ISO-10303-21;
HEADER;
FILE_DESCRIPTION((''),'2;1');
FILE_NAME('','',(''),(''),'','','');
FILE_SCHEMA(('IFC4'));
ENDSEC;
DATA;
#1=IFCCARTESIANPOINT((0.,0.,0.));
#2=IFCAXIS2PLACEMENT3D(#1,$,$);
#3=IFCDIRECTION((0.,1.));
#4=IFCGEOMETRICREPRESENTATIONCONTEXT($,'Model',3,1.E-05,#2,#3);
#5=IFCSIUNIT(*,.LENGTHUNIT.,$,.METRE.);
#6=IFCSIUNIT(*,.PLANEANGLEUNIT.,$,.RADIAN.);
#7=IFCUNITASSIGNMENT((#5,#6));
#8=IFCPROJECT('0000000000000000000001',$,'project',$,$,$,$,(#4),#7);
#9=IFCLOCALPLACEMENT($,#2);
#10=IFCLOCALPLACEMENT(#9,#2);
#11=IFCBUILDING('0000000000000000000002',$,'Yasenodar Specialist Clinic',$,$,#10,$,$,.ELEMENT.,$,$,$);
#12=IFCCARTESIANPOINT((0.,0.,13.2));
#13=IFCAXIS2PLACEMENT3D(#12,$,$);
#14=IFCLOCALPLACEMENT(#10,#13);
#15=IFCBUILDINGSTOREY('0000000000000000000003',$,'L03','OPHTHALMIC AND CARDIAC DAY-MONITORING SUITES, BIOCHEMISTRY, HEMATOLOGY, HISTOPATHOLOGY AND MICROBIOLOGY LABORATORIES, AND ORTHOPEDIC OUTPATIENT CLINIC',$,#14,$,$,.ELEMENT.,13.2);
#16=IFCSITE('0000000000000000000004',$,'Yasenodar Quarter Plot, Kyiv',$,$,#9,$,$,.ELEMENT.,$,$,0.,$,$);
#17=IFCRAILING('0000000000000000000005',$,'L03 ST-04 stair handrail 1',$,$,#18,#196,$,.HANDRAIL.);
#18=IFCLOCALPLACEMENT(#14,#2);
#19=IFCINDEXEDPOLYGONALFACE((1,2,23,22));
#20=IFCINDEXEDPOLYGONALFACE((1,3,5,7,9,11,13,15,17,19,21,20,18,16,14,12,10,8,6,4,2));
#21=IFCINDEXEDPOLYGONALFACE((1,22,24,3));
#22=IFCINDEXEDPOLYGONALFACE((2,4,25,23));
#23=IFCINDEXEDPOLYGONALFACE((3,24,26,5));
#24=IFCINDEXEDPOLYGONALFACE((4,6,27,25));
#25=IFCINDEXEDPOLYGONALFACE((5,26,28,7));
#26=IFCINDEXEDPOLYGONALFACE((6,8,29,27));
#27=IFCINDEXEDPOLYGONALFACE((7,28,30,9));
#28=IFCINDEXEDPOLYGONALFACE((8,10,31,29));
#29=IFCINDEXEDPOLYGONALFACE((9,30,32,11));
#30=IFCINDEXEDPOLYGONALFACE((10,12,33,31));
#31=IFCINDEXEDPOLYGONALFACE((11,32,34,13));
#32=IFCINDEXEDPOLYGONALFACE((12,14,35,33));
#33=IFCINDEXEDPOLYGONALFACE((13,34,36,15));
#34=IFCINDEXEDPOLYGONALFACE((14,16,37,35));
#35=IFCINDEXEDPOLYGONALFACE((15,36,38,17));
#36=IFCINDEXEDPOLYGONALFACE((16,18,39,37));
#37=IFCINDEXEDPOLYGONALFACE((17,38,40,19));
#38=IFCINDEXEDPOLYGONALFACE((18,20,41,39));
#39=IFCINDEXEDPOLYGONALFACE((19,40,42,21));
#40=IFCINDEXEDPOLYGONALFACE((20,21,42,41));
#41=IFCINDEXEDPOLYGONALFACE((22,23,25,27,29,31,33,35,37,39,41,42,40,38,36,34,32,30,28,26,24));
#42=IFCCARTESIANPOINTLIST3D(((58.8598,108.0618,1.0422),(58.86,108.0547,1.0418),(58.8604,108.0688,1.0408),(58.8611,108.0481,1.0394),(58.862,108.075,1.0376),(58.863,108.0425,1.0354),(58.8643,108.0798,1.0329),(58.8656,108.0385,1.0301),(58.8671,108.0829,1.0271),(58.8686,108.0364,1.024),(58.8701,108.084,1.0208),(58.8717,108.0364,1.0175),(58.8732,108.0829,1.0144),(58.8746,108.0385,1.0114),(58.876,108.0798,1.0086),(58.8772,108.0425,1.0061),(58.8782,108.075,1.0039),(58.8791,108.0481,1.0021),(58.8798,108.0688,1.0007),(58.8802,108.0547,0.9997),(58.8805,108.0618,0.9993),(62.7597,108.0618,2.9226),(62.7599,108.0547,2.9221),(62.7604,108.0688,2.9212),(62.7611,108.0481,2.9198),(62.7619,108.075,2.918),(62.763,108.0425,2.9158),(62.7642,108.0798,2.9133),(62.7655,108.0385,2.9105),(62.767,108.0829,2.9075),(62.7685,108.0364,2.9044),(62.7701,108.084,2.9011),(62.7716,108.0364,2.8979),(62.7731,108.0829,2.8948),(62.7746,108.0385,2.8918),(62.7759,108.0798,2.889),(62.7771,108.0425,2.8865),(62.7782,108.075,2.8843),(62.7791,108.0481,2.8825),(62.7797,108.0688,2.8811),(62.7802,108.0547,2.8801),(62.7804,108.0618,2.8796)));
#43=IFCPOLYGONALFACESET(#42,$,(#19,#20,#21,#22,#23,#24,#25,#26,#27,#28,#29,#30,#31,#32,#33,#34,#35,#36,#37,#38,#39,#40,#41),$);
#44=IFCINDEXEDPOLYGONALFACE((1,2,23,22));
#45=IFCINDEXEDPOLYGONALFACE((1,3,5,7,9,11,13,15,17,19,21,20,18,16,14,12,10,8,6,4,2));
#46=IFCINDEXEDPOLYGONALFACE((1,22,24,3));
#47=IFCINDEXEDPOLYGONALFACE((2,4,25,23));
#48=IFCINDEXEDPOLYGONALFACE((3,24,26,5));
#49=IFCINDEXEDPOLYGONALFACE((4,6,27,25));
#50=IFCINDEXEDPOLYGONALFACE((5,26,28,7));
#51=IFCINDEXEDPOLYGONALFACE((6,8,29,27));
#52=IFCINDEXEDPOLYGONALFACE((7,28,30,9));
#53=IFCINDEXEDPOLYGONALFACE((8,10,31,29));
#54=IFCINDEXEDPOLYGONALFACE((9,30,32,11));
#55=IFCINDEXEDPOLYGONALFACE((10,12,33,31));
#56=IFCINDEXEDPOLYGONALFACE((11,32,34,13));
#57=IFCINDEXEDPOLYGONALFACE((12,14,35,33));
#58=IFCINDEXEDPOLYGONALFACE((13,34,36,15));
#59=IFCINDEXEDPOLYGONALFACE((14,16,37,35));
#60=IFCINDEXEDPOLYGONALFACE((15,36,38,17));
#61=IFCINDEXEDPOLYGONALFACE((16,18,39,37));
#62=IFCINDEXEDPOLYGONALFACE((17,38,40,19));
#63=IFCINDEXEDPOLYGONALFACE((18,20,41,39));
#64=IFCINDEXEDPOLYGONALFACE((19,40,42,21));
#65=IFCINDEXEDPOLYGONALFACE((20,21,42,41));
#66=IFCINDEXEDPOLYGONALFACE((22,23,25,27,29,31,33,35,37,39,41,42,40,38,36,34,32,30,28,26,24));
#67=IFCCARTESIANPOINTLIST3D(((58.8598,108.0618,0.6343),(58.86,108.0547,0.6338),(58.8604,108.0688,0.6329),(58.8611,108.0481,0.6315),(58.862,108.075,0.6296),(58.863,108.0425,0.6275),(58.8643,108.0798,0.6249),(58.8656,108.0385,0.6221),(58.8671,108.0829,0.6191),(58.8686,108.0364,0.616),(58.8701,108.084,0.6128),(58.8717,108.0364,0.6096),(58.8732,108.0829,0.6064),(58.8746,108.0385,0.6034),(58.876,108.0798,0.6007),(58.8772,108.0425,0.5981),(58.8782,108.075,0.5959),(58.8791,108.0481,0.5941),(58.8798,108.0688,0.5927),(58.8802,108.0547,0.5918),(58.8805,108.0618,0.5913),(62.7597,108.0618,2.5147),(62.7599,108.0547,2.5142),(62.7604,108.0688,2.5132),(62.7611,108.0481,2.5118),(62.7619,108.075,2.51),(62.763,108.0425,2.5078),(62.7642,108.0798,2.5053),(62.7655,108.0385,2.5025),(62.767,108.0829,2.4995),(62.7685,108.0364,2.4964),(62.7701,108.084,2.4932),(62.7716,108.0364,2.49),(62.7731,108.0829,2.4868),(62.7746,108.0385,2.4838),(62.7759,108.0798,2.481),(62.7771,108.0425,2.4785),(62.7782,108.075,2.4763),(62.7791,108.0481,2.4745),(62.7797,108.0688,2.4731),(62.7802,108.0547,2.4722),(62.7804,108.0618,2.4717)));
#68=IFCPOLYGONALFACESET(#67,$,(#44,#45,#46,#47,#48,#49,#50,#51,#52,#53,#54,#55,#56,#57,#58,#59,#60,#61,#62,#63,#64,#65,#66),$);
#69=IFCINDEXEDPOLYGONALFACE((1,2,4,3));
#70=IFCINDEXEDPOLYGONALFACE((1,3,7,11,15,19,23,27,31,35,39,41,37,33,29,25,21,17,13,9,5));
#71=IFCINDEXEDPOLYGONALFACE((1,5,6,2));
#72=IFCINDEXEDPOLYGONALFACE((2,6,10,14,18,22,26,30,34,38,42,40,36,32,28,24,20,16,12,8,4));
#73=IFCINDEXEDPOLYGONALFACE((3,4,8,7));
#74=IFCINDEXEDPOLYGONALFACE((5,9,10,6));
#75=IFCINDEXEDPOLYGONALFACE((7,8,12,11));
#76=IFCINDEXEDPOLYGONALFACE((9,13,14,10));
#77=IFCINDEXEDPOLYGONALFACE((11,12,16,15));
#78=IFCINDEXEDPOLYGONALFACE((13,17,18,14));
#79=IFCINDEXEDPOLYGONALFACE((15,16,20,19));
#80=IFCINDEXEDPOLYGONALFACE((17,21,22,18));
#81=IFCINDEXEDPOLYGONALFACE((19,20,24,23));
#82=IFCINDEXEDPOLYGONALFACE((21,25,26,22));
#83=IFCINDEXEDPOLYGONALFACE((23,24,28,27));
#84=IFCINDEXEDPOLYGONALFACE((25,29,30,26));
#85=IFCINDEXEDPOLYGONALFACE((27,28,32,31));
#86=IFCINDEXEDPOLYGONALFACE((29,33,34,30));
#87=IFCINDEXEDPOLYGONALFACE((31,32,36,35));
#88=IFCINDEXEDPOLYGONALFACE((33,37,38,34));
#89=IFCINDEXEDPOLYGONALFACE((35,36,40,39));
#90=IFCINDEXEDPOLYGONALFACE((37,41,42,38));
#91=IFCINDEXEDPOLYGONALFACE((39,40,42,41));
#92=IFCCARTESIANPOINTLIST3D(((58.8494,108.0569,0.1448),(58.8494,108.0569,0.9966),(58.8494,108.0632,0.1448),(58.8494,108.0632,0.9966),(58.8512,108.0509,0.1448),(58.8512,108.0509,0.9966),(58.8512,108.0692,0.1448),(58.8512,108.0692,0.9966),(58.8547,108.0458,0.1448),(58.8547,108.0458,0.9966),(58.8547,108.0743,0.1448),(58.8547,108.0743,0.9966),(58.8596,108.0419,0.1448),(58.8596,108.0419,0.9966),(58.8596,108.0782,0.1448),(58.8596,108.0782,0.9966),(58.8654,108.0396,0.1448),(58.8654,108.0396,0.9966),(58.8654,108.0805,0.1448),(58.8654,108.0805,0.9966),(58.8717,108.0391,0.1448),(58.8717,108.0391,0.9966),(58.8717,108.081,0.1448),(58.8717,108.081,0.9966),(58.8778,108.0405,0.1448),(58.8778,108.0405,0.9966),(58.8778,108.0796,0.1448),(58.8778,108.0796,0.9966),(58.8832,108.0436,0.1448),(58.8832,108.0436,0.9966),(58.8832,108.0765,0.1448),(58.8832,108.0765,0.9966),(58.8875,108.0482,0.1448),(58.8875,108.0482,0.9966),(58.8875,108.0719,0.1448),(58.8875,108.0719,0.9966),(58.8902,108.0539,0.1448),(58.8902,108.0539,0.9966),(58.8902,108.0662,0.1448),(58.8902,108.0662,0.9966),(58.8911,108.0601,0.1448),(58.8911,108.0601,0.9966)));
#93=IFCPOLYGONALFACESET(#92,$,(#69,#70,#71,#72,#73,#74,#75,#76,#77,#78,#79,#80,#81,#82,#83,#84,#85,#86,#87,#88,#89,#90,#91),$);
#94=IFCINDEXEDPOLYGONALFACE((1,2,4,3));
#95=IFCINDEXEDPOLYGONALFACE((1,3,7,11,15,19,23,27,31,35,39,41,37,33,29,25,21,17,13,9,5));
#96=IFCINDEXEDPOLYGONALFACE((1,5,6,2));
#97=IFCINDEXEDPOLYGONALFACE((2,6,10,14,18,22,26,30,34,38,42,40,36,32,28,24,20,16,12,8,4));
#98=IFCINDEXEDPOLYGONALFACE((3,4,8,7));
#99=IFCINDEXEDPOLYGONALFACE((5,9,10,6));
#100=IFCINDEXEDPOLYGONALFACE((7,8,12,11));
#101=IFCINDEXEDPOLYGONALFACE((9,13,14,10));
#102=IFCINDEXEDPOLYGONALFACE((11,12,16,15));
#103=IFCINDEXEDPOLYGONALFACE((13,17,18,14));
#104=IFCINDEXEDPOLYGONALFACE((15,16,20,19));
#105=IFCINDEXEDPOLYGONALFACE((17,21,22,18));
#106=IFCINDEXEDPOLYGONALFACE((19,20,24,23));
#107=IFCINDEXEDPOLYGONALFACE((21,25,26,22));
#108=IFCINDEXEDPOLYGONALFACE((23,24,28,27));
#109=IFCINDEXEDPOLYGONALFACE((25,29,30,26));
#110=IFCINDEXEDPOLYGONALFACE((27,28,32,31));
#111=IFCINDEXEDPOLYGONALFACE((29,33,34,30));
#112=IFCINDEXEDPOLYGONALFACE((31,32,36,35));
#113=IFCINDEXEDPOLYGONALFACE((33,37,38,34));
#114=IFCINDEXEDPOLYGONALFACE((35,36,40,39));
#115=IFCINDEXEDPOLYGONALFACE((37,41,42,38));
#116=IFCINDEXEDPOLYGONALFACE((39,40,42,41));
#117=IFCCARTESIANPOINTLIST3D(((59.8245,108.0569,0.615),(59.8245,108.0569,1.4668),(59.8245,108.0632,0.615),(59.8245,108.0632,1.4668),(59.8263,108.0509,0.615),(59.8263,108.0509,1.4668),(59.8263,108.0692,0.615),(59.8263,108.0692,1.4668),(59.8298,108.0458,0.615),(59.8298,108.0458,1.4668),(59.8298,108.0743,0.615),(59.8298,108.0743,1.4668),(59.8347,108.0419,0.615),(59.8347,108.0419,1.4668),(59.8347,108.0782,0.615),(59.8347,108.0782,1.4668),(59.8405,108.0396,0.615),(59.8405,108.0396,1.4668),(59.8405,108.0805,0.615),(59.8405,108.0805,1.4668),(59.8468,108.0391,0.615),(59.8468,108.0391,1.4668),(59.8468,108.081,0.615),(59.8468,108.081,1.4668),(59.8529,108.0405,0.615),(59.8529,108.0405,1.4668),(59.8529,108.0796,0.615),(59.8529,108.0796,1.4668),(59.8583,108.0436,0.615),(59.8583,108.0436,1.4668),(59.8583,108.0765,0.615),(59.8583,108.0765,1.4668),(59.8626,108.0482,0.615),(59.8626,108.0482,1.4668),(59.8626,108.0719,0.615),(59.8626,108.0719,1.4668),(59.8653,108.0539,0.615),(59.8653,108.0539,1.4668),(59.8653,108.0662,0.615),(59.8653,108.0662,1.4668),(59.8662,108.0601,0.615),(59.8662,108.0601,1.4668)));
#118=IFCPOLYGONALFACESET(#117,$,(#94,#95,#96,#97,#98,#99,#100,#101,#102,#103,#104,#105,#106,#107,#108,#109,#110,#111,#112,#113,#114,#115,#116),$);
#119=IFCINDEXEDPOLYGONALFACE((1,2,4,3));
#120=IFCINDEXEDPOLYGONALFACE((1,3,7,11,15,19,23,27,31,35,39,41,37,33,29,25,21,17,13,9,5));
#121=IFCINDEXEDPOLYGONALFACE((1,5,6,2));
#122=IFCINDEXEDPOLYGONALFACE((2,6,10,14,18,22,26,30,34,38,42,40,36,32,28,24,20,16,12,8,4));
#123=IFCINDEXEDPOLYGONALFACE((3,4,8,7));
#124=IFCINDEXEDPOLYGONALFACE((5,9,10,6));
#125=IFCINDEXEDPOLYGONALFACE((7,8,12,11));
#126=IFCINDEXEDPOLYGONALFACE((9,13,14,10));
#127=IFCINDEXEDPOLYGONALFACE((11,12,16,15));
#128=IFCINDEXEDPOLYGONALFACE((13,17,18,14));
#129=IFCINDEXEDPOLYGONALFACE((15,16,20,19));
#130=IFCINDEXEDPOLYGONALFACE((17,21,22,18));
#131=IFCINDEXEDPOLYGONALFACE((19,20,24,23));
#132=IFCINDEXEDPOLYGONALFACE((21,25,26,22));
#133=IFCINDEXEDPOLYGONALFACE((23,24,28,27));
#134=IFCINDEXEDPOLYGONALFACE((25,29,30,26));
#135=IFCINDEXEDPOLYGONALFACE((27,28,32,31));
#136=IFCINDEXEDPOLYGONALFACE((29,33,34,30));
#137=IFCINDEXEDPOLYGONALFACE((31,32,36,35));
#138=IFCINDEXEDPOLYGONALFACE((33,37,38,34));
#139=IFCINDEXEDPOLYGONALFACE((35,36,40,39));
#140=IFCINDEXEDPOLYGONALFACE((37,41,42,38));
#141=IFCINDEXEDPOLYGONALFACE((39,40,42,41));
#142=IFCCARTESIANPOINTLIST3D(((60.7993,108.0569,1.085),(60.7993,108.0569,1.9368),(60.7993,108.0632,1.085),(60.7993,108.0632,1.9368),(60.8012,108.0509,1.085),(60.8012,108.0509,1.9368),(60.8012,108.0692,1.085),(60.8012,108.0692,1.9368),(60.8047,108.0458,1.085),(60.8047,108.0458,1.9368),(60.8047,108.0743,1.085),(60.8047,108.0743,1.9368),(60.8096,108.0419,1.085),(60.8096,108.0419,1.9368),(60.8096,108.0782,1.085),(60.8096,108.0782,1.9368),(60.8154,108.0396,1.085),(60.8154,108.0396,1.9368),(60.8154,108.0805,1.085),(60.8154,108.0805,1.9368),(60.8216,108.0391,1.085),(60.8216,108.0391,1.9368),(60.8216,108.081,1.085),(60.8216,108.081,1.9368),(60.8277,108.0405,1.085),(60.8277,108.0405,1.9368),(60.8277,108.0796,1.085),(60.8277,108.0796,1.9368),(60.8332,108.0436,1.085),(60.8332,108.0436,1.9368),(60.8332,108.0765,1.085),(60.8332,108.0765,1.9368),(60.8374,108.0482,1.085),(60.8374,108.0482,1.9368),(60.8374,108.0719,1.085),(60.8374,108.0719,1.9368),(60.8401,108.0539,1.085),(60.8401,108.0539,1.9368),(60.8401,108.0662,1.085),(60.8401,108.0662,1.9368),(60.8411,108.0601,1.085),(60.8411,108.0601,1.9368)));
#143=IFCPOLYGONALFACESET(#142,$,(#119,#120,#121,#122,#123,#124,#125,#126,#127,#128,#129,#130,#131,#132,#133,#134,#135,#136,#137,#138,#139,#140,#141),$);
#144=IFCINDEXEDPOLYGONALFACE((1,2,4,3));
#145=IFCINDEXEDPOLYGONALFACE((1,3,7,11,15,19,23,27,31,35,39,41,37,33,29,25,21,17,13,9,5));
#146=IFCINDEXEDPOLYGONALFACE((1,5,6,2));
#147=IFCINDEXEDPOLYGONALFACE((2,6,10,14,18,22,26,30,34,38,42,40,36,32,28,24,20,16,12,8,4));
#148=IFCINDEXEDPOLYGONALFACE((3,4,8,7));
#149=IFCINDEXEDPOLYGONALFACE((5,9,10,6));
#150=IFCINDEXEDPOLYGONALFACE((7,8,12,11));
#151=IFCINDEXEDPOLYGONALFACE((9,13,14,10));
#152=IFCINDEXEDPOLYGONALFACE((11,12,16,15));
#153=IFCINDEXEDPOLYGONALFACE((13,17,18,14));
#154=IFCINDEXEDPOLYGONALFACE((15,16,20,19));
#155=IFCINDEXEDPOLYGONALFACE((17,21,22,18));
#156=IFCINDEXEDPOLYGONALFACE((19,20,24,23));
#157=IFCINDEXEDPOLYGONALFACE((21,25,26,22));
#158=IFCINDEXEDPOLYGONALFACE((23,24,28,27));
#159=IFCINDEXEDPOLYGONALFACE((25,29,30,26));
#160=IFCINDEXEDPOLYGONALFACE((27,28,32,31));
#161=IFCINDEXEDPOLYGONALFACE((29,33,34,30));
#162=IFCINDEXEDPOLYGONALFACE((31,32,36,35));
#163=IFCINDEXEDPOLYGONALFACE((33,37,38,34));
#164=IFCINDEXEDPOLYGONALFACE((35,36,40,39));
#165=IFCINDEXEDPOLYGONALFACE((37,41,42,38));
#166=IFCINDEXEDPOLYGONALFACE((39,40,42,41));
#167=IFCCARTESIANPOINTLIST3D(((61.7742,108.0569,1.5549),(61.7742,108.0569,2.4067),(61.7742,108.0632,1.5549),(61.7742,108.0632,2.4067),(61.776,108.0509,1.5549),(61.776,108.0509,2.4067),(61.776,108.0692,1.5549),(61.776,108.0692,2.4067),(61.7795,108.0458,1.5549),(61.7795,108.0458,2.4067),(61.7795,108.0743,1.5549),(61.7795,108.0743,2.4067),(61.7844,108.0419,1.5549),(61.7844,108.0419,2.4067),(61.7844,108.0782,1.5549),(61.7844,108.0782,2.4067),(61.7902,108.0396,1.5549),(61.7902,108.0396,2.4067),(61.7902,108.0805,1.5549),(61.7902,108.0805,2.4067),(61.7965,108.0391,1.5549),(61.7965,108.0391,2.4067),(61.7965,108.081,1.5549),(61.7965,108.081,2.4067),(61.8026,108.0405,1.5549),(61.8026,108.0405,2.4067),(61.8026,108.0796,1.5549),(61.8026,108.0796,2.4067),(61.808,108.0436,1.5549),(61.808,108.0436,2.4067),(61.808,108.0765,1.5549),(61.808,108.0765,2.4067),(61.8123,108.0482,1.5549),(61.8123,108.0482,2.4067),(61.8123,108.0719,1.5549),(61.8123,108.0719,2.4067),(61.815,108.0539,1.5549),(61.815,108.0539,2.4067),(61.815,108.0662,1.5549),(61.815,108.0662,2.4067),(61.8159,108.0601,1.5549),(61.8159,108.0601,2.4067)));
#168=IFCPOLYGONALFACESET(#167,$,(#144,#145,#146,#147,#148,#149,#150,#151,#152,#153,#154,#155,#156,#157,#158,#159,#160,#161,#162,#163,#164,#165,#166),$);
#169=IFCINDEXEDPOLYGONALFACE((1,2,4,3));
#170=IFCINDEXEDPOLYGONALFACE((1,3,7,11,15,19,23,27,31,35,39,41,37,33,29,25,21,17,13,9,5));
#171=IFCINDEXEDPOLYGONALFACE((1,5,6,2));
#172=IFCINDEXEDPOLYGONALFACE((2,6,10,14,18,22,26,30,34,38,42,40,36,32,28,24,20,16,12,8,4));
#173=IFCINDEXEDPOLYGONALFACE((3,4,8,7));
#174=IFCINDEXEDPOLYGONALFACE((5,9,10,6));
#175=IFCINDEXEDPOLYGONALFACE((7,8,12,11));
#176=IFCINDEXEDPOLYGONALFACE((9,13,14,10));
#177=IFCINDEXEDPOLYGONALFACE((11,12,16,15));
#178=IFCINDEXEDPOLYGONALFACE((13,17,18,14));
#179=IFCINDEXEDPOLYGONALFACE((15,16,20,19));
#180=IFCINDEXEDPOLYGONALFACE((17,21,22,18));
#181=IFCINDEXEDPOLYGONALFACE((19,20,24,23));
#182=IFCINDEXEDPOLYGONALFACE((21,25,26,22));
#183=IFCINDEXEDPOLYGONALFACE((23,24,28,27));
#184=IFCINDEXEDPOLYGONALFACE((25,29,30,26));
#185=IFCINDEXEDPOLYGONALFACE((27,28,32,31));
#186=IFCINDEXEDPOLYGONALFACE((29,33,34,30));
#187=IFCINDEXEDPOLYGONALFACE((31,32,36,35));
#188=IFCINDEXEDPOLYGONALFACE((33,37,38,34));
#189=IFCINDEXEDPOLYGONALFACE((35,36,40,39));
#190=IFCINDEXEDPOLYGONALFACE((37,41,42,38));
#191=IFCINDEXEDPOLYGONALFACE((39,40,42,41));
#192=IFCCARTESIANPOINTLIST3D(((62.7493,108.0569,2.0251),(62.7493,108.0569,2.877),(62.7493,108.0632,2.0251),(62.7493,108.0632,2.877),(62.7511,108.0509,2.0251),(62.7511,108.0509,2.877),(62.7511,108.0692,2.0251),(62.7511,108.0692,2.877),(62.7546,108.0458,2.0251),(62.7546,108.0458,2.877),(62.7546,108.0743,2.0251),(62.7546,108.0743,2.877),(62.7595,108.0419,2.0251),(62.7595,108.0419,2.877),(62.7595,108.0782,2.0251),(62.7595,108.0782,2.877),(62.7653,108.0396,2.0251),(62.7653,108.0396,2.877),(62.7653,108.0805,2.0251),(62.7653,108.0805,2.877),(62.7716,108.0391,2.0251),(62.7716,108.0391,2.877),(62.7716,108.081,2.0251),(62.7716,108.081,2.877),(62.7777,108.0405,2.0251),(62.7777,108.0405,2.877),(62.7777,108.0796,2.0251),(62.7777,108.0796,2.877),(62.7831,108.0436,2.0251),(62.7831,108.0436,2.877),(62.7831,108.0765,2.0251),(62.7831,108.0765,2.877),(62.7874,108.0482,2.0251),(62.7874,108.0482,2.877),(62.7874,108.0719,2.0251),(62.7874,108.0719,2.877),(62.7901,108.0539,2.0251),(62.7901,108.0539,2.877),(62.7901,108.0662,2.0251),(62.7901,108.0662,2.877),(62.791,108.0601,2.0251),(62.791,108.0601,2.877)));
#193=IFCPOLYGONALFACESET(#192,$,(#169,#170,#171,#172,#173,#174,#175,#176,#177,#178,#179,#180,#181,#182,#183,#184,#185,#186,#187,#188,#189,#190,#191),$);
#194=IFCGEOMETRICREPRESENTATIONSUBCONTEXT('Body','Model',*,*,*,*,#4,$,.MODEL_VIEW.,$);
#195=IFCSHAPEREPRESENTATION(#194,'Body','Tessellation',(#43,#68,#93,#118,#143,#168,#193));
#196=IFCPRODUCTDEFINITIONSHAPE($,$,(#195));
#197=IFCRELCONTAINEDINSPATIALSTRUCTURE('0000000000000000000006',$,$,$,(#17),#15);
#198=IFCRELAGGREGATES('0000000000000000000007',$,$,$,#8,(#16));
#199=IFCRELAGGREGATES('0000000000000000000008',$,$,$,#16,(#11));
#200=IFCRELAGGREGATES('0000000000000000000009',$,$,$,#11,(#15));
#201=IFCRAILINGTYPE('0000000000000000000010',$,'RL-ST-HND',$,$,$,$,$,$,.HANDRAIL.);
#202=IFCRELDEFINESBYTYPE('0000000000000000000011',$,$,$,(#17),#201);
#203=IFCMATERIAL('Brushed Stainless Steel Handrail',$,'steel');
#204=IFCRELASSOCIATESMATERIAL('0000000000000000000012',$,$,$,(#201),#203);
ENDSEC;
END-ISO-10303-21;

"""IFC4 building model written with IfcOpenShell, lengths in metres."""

from ifc_helpers import new_model, si_unit, direction, frame, origin, origin_2d, place, context, subcontext, project, spatial, circle, extrude, material, type_object, element, save


model = new_model("IFC4")

# Units and contexts
model_context = context("Model", 3, precision=1e-05, world=origin(), true_north=direction((0.0, 1.0)))
body_context = subcontext(model_context, "Body", "Model", "MODEL_VIEW")
ifc_project = project(units=[si_unit("LENGTHUNIT", "METRE"), si_unit("PLANEANGLEUNIT", "RADIAN")], contexts=[model_context])

# Site, building, storey
site_placement = place(None, origin())
site = spatial("IfcSite", under=ifc_project, at=site_placement, Name="Yasenodar Quarter Plot, Kyiv", CompositionType="ELEMENT", RefElevation=0.0)
building_placement = place(site_placement, origin())
building = spatial("IfcBuilding", under=site, at=building_placement, Name="Yasenodar Specialist Clinic", CompositionType="ELEMENT")
storey_placement = place(building_placement, frame((0.0, 0.0, 13.2)))
storey = spatial("IfcBuildingStorey", under=building, at=storey_placement, Name="L03", Description="OPHTHALMIC AND CARDIAC DAY-MONITORING SUITES, BIOCHEMISTRY, HEMATOLOGY, HISTOPATHOLOGY AND MICROBIOLOGY LABORATORIES, AND ORTHOPEDIC OUTPATIENT CLINIC", CompositionType="ELEMENT", Elevation=13.2)

# Railing
ifc_material_1 = material(Name="Brushed Stainless Steel Handrail", Category="steel")
railing_type_1 = type_object("IfcRailingType", Name="RL-ST-HND", PredefinedType="HANDRAIL", material=ifc_material_1)
railing_1_placement = place(storey_placement, frame((58.8701, 108.0601, 0.1448)))
element("IfcRailing", 1, at=railing_1_placement, inside=storey, type_object=railing_type_1, Name="L03 ST-04 stair handrail 1", PredefinedType="HANDRAIL", context=body_context, shape_type="SweptSolid", body=[
    extrude(circle(Radius=0.0239, at=origin_2d()), frame((0.0, 0.0, 0.876), z_axis=(0.900763, 0.0, 0.434311), x_axis=(0.0, 1.0, 0.0)), (0.0, 0.0, 1.0), 4.3296),
    extrude(circle(Radius=0.0239, at=origin_2d()), frame((0.0, 0.0, 0.468), z_axis=(0.900763, 0.0, 0.434311), x_axis=(0.0, 1.0, 0.0)), (0.0, 0.0, 1.0), 4.3296),
    extrude(circle(Radius=0.021, at=origin_2d()), origin(), (0.0, 0.0, 1.0), 0.8518),
    extrude(circle(Radius=0.021, at=origin_2d()), frame((0.9751, 0.0, 0.4702)), (0.0, 0.0, 1.0), 0.8518),
    extrude(circle(Radius=0.021, at=origin_2d()), frame((1.95, 0.0, 0.9402)), (0.0, 0.0, 1.0), 0.8518),
    extrude(circle(Radius=0.021, at=origin_2d()), frame((2.9248, 0.0, 1.4102)), (0.0, 0.0, 1.0), 0.8518),
    extrude(circle(Radius=0.021, at=origin_2d()), frame((3.8999, 0.0, 1.8804)), (0.0, 0.0, 1.0), 0.8518),
])

save(model, "model.ifc")
